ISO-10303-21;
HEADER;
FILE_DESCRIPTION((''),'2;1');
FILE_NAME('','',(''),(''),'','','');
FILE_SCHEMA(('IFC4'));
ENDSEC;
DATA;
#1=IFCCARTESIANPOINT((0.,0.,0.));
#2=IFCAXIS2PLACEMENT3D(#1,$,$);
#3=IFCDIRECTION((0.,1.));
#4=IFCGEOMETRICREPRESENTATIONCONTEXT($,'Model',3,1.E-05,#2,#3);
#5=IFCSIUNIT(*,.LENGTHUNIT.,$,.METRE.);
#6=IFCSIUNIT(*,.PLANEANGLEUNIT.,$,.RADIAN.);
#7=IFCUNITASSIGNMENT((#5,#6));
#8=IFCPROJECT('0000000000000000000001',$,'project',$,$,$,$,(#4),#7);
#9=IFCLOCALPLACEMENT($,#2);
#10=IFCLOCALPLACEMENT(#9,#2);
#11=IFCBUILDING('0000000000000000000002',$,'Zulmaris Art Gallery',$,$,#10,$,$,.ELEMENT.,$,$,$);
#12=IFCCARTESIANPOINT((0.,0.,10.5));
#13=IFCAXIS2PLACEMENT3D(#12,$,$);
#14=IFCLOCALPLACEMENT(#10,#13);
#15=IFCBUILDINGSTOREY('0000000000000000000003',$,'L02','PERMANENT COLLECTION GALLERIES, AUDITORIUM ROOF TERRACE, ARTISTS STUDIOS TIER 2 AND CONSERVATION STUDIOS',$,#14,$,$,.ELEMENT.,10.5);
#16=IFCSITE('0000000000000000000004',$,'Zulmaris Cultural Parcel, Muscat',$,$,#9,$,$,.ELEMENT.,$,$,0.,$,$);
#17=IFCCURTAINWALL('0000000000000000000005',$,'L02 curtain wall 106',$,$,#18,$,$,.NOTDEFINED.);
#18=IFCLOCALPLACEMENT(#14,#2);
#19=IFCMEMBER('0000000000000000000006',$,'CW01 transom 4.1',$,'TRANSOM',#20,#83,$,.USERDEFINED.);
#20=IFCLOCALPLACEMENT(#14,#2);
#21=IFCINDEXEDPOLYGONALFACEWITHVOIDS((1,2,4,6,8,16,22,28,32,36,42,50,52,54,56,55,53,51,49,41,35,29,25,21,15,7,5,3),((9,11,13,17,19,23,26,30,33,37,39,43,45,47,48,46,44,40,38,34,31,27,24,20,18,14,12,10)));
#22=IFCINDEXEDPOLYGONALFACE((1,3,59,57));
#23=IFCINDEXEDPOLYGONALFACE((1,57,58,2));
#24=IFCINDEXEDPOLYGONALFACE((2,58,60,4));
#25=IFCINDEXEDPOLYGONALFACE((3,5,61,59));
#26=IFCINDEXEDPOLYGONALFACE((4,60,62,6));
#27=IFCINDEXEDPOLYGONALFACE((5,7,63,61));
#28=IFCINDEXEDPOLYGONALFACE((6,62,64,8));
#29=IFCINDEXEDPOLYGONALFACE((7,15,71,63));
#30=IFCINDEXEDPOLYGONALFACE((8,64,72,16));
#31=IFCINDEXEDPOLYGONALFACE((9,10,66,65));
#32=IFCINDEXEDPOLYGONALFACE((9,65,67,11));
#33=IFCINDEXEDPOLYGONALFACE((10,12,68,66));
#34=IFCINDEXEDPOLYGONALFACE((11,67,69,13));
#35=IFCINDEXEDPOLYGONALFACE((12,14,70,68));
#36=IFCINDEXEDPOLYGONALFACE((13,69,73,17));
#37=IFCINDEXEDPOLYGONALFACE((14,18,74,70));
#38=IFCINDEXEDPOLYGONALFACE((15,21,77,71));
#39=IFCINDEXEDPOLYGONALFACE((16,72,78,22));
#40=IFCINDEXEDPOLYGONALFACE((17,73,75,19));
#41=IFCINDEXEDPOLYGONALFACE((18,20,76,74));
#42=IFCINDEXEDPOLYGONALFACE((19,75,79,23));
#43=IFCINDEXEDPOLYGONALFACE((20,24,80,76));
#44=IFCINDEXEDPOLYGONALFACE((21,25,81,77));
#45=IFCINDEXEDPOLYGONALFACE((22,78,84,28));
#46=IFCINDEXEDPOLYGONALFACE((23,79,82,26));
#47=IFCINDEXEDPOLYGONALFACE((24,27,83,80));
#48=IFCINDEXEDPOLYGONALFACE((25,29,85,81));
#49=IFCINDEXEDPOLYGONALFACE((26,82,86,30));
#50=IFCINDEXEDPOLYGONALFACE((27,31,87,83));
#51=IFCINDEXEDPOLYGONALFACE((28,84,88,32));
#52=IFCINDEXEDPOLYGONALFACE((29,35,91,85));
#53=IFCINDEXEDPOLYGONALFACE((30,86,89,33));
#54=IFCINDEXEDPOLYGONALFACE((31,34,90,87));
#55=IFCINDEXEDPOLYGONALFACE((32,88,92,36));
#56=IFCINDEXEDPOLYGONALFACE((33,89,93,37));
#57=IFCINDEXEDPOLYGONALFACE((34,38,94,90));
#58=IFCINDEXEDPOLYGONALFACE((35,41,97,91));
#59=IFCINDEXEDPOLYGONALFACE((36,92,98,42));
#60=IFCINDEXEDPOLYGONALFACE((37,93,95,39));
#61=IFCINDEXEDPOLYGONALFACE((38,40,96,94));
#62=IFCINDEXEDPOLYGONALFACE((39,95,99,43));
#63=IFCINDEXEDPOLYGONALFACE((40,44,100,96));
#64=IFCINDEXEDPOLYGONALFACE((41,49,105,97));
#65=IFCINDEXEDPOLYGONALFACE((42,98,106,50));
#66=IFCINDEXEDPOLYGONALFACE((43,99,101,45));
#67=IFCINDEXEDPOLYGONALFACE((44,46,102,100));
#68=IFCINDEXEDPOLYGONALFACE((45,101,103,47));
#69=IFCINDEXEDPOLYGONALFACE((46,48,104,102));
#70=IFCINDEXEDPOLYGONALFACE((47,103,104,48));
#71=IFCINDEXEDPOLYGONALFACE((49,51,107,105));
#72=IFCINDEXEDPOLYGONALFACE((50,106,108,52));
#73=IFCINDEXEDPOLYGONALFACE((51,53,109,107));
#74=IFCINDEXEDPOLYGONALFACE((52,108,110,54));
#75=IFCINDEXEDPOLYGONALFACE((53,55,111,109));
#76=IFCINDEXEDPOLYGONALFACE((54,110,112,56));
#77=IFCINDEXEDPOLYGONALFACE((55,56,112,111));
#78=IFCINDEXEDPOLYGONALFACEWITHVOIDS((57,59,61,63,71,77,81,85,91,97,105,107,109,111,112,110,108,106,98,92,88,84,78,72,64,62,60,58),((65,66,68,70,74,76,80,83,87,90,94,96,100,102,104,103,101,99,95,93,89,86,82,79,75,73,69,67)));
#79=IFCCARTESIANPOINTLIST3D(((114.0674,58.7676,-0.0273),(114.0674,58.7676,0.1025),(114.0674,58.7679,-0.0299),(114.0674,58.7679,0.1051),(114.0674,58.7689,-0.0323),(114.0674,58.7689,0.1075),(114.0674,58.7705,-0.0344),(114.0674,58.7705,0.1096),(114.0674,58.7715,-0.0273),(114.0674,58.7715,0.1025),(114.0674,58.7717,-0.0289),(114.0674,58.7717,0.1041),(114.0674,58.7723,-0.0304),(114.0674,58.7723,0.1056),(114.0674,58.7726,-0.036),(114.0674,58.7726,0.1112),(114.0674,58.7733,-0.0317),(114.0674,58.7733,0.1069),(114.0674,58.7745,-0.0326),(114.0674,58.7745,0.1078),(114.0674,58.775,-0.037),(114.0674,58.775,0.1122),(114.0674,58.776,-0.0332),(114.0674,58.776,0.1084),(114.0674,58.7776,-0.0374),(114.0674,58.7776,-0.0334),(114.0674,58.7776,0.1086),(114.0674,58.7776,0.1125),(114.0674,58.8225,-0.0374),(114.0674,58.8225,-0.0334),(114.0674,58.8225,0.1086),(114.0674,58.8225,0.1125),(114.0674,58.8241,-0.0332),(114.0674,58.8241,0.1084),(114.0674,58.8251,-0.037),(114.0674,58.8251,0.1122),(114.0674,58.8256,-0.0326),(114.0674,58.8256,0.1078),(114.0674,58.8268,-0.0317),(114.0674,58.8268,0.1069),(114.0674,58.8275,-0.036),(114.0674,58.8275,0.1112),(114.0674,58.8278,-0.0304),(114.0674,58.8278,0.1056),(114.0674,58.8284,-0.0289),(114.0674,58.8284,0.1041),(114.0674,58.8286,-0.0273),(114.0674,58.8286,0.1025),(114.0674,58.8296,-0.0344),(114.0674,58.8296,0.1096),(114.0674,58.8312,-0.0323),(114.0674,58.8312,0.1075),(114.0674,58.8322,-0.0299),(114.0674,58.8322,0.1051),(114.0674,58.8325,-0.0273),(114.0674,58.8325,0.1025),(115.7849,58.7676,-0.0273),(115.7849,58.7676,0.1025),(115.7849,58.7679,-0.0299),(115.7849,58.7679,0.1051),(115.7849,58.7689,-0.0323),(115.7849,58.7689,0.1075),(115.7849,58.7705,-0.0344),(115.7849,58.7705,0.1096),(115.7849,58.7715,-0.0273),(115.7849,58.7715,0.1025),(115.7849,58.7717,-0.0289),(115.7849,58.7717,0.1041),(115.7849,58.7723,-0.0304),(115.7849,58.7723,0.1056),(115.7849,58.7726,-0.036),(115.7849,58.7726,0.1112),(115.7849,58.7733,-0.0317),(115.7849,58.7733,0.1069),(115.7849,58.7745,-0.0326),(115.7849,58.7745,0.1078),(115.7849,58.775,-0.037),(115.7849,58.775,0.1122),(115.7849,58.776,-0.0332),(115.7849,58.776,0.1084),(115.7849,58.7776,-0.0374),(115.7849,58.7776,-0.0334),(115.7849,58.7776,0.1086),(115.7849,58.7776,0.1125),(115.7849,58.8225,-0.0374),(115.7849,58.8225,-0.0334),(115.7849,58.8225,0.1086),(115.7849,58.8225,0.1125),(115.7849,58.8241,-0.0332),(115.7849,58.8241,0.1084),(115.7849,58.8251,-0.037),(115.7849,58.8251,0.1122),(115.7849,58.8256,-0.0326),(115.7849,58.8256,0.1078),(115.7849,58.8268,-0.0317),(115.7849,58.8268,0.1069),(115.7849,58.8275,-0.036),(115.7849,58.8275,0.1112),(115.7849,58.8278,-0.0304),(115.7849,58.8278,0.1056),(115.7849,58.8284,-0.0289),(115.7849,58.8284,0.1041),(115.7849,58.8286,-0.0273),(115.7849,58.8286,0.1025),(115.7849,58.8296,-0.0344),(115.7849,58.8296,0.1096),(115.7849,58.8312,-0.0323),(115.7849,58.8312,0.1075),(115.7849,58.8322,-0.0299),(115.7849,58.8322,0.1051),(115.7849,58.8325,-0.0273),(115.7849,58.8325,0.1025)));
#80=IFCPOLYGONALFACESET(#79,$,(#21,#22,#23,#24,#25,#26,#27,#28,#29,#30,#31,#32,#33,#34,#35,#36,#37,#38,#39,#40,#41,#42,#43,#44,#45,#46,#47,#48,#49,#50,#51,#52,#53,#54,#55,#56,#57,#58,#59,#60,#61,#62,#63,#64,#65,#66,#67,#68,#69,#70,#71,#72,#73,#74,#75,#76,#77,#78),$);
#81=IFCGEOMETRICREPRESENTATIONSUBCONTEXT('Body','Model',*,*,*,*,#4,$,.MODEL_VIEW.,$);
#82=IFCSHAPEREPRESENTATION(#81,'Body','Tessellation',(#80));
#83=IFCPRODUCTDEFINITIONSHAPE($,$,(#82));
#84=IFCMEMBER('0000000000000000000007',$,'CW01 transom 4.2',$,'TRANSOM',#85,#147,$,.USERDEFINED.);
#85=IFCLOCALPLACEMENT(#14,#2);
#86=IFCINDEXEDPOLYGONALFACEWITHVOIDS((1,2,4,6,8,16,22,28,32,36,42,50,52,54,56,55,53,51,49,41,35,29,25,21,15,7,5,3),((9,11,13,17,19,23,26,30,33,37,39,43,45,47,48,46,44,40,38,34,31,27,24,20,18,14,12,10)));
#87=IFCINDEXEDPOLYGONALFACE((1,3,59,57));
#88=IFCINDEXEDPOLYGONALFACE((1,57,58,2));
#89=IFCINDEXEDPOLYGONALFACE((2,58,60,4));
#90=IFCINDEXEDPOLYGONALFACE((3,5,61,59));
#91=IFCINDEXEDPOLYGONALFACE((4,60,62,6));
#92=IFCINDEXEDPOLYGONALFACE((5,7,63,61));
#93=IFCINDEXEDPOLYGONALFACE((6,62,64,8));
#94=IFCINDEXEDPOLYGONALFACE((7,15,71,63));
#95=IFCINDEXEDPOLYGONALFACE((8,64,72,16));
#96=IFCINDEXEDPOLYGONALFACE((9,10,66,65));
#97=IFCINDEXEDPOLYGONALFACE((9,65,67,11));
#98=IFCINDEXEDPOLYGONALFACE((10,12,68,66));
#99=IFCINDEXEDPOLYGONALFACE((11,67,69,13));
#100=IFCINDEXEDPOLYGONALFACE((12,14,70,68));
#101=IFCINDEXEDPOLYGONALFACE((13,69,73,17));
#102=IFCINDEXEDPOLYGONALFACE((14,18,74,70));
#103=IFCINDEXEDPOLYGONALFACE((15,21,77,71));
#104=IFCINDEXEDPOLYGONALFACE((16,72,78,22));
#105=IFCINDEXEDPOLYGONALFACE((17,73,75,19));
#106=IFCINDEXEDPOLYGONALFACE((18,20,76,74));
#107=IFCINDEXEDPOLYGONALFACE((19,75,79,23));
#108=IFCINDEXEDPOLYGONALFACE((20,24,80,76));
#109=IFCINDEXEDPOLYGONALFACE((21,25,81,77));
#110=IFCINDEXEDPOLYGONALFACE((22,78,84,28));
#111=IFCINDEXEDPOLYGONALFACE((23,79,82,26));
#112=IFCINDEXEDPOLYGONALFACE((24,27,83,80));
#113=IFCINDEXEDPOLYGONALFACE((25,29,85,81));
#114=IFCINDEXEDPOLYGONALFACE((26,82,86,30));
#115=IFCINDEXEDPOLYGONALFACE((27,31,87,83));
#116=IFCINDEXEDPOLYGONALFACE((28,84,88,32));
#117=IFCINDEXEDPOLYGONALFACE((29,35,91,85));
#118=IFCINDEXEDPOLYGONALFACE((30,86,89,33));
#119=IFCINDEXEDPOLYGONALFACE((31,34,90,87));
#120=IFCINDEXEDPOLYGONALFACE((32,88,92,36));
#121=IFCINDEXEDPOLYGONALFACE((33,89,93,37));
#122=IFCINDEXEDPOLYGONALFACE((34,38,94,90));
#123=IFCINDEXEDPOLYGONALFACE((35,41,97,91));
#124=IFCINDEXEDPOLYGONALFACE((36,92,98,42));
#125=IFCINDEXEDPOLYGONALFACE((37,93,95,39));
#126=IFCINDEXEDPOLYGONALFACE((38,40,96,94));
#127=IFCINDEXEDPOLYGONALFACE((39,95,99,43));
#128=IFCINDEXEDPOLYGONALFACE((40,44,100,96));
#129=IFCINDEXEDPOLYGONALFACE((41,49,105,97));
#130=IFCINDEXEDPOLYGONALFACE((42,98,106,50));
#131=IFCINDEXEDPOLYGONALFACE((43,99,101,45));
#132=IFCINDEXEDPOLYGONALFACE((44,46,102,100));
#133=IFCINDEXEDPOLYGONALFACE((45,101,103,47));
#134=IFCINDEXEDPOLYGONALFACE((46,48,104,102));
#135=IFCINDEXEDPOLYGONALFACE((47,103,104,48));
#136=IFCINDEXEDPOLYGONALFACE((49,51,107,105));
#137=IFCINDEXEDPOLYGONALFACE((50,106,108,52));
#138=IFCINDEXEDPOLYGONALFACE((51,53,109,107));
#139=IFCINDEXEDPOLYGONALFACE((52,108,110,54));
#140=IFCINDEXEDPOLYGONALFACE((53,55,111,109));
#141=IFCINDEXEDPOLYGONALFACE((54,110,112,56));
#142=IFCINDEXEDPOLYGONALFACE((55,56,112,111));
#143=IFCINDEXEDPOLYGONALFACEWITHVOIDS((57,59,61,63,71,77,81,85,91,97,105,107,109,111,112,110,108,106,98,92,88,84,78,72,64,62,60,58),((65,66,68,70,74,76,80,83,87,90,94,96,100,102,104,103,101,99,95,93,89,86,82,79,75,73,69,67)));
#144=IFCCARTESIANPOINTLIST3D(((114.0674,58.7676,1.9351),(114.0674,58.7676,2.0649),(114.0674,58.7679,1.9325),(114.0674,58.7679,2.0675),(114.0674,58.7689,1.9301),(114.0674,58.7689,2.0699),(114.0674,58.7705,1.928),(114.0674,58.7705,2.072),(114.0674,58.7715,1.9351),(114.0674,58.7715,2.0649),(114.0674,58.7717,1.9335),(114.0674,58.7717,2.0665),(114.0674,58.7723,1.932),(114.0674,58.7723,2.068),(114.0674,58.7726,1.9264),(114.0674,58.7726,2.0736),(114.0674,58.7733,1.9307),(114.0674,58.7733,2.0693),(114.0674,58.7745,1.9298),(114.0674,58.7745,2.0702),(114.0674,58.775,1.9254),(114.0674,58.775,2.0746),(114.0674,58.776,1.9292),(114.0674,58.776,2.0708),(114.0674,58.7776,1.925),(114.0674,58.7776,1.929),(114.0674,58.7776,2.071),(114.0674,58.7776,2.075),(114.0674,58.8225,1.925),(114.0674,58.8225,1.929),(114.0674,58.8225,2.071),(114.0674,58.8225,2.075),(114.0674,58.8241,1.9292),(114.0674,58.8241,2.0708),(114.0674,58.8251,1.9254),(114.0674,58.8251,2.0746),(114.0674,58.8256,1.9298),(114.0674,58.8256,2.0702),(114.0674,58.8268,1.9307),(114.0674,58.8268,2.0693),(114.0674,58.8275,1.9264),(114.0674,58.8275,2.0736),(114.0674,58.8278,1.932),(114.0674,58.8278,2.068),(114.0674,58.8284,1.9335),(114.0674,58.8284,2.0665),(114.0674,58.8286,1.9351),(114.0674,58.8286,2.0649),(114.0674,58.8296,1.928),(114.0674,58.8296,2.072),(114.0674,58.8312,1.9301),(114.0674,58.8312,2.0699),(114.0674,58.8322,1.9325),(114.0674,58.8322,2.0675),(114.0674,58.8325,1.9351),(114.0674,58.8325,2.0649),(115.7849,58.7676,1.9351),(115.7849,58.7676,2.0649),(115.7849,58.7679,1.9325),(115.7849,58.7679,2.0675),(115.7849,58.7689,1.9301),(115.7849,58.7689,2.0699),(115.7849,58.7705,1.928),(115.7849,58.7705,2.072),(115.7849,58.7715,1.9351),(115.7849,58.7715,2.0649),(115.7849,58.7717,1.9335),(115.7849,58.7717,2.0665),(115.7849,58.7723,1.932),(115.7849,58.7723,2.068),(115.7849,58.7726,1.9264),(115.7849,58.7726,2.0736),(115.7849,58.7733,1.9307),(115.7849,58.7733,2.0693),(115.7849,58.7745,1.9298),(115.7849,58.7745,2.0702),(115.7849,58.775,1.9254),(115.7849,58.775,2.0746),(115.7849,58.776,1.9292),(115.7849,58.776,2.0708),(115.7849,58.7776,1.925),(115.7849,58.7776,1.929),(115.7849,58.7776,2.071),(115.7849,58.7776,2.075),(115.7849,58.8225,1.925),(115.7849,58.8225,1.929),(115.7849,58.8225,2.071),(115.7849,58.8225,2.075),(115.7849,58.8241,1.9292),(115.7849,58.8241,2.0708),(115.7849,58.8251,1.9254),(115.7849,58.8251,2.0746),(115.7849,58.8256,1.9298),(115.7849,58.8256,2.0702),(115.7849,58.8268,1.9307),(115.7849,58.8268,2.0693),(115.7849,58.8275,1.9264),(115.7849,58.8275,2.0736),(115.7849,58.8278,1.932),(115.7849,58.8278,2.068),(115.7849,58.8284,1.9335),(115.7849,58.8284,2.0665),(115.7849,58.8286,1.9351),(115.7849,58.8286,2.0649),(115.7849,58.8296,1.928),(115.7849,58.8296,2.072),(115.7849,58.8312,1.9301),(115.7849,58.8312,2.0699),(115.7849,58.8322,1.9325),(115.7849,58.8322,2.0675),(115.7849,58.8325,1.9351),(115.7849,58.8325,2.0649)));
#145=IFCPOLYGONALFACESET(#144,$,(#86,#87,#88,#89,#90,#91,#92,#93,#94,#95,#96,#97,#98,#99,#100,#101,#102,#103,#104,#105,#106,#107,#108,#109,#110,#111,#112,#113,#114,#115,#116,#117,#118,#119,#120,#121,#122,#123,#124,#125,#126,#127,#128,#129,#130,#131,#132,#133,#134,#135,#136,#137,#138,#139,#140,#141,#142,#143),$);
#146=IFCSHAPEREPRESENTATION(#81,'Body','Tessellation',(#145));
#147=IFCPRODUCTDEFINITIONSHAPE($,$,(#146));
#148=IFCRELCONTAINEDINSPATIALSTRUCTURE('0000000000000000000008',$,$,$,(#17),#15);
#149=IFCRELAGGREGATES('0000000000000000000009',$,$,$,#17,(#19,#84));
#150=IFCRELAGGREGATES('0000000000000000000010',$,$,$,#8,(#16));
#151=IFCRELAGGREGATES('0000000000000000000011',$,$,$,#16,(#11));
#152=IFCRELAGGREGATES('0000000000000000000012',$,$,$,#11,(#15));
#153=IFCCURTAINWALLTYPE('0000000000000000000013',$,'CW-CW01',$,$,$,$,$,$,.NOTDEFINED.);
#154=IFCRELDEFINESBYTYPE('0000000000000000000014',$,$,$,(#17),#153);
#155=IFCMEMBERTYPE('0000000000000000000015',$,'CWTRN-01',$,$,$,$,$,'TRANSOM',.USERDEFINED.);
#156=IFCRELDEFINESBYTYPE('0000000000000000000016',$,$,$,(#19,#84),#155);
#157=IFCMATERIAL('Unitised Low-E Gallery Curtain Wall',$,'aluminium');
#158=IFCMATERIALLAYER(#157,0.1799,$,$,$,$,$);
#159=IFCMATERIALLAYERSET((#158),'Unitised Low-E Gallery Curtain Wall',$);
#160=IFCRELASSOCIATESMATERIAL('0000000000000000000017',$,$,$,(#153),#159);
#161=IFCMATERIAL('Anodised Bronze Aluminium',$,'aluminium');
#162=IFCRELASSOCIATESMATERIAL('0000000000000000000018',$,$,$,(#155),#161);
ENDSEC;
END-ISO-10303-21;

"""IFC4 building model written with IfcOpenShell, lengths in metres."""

from ifc_helpers import new_model, si_unit, direction, frame, origin, origin_2d, place, context, subcontext, project, spatial, hollow_rectangle, extrude, material, layer, layer_set, material_profile, profile_set, type_object, element, aggregate, save


model = new_model("IFC4")

# Units and contexts
model_context = context("Model", 3, precision=1e-05, world=origin(), true_north=direction((0.0, 1.0)))
body_context = subcontext(model_context, "Body", "Model", "MODEL_VIEW")
ifc_project = project(units=[si_unit("LENGTHUNIT", "METRE"), si_unit("PLANEANGLEUNIT", "RADIAN")], contexts=[model_context])

# Site, building, storey
site_placement = place(None, origin())
site = spatial("IfcSite", under=ifc_project, at=site_placement, Name="Zulmaris Cultural Parcel, Muscat", CompositionType="ELEMENT", RefElevation=0.0)
building_placement = place(site_placement, origin())
building = spatial("IfcBuilding", under=site, at=building_placement, Name="Zulmaris Art Gallery", CompositionType="ELEMENT")
storey_placement = place(building_placement, frame((0.0, 0.0, 10.5)))
storey = spatial("IfcBuildingStorey", under=building, at=storey_placement, Name="L02", Description="PERMANENT COLLECTION GALLERIES, AUDITORIUM ROOF TERRACE, ARTISTS STUDIOS TIER 2 AND CONSERVATION STUDIOS", CompositionType="ELEMENT", Elevation=10.5)

# Curtain wall, members
ifc_material_1 = material(Name="Unitised Low-E Gallery Curtain Wall", Category="aluminium")
ifc_layer_1 = layer(ifc_material_1, 0.1799)
ifc_layer_set_1 = layer_set([ifc_layer_1], Name="Unitised Low-E Gallery Curtain Wall")
curtain_wall_type = type_object("IfcCurtainWallType", Name="CW-CW01", PredefinedType="NOTDEFINED", material=ifc_layer_set_1)
curtain_wall_placement = place(storey_placement, origin())
curtain_wall = element("IfcCurtainWall", 1, at=curtain_wall_placement, inside=storey, type_object=curtain_wall_type, Name="L02 curtain wall 106", PredefinedType="NOTDEFINED")
ifc_material_2 = material(Name="Anodised Bronze Aluminium", Category="aluminium")
ifc_material_profile_1 = material_profile(ifc_material_2, hollow_rectangle(XDim=0.0649, YDim=0.1499, WallThickness=0.0039, InnerFilletRadius=0.0061, OuterFilletRadius=0.01, at=origin_2d()), Name="ALU 65x150x4")
ifc_profile_set_1 = profile_set([ifc_material_profile_1], Name="Anodised Bronze Aluminium")
member_type_1 = type_object("IfcMemberType", Name="CWTRN-01", ElementType="TRANSOM", PredefinedType="USERDEFINED", material=ifc_profile_set_1)
member_1_placement = place(storey_placement, frame((114.0674, 58.8, 0.0376), z_axis=(1.0, 0.0, 0.0), x_axis=(0.0, 1.0, 0.0)))
member_1 = element("IfcMember", 2, at=member_1_placement, type_object=member_type_1, Name="CW01 transom 4.1", ObjectType="TRANSOM", PredefinedType="USERDEFINED", context=body_context, shape_type="SweptSolid", body=[
    extrude(hollow_rectangle(XDim=0.0649, YDim=0.1499, WallThickness=0.0039, InnerFilletRadius=0.0061, OuterFilletRadius=0.01, at=origin_2d()), origin(), (0.0, 0.0, 1.0), 1.7175),
])
member_2_placement = place(storey_placement, frame((114.0674, 58.8, 2.0), z_axis=(1.0, 0.0, 0.0), x_axis=(0.0, 1.0, 0.0)))
member_2 = element("IfcMember", 3, at=member_2_placement, type_object=member_type_1, Name="CW01 transom 4.2", ObjectType="TRANSOM", PredefinedType="USERDEFINED", context=body_context, shape_type="SweptSolid", body=[
    extrude(hollow_rectangle(XDim=0.0649, YDim=0.1499, WallThickness=0.0039, InnerFilletRadius=0.0061, OuterFilletRadius=0.01, at=origin_2d()), origin(), (0.0, 0.0, 1.0), 1.7175),
])
aggregate(curtain_wall, [member_1, member_2])

save(model, "model.ifc")
